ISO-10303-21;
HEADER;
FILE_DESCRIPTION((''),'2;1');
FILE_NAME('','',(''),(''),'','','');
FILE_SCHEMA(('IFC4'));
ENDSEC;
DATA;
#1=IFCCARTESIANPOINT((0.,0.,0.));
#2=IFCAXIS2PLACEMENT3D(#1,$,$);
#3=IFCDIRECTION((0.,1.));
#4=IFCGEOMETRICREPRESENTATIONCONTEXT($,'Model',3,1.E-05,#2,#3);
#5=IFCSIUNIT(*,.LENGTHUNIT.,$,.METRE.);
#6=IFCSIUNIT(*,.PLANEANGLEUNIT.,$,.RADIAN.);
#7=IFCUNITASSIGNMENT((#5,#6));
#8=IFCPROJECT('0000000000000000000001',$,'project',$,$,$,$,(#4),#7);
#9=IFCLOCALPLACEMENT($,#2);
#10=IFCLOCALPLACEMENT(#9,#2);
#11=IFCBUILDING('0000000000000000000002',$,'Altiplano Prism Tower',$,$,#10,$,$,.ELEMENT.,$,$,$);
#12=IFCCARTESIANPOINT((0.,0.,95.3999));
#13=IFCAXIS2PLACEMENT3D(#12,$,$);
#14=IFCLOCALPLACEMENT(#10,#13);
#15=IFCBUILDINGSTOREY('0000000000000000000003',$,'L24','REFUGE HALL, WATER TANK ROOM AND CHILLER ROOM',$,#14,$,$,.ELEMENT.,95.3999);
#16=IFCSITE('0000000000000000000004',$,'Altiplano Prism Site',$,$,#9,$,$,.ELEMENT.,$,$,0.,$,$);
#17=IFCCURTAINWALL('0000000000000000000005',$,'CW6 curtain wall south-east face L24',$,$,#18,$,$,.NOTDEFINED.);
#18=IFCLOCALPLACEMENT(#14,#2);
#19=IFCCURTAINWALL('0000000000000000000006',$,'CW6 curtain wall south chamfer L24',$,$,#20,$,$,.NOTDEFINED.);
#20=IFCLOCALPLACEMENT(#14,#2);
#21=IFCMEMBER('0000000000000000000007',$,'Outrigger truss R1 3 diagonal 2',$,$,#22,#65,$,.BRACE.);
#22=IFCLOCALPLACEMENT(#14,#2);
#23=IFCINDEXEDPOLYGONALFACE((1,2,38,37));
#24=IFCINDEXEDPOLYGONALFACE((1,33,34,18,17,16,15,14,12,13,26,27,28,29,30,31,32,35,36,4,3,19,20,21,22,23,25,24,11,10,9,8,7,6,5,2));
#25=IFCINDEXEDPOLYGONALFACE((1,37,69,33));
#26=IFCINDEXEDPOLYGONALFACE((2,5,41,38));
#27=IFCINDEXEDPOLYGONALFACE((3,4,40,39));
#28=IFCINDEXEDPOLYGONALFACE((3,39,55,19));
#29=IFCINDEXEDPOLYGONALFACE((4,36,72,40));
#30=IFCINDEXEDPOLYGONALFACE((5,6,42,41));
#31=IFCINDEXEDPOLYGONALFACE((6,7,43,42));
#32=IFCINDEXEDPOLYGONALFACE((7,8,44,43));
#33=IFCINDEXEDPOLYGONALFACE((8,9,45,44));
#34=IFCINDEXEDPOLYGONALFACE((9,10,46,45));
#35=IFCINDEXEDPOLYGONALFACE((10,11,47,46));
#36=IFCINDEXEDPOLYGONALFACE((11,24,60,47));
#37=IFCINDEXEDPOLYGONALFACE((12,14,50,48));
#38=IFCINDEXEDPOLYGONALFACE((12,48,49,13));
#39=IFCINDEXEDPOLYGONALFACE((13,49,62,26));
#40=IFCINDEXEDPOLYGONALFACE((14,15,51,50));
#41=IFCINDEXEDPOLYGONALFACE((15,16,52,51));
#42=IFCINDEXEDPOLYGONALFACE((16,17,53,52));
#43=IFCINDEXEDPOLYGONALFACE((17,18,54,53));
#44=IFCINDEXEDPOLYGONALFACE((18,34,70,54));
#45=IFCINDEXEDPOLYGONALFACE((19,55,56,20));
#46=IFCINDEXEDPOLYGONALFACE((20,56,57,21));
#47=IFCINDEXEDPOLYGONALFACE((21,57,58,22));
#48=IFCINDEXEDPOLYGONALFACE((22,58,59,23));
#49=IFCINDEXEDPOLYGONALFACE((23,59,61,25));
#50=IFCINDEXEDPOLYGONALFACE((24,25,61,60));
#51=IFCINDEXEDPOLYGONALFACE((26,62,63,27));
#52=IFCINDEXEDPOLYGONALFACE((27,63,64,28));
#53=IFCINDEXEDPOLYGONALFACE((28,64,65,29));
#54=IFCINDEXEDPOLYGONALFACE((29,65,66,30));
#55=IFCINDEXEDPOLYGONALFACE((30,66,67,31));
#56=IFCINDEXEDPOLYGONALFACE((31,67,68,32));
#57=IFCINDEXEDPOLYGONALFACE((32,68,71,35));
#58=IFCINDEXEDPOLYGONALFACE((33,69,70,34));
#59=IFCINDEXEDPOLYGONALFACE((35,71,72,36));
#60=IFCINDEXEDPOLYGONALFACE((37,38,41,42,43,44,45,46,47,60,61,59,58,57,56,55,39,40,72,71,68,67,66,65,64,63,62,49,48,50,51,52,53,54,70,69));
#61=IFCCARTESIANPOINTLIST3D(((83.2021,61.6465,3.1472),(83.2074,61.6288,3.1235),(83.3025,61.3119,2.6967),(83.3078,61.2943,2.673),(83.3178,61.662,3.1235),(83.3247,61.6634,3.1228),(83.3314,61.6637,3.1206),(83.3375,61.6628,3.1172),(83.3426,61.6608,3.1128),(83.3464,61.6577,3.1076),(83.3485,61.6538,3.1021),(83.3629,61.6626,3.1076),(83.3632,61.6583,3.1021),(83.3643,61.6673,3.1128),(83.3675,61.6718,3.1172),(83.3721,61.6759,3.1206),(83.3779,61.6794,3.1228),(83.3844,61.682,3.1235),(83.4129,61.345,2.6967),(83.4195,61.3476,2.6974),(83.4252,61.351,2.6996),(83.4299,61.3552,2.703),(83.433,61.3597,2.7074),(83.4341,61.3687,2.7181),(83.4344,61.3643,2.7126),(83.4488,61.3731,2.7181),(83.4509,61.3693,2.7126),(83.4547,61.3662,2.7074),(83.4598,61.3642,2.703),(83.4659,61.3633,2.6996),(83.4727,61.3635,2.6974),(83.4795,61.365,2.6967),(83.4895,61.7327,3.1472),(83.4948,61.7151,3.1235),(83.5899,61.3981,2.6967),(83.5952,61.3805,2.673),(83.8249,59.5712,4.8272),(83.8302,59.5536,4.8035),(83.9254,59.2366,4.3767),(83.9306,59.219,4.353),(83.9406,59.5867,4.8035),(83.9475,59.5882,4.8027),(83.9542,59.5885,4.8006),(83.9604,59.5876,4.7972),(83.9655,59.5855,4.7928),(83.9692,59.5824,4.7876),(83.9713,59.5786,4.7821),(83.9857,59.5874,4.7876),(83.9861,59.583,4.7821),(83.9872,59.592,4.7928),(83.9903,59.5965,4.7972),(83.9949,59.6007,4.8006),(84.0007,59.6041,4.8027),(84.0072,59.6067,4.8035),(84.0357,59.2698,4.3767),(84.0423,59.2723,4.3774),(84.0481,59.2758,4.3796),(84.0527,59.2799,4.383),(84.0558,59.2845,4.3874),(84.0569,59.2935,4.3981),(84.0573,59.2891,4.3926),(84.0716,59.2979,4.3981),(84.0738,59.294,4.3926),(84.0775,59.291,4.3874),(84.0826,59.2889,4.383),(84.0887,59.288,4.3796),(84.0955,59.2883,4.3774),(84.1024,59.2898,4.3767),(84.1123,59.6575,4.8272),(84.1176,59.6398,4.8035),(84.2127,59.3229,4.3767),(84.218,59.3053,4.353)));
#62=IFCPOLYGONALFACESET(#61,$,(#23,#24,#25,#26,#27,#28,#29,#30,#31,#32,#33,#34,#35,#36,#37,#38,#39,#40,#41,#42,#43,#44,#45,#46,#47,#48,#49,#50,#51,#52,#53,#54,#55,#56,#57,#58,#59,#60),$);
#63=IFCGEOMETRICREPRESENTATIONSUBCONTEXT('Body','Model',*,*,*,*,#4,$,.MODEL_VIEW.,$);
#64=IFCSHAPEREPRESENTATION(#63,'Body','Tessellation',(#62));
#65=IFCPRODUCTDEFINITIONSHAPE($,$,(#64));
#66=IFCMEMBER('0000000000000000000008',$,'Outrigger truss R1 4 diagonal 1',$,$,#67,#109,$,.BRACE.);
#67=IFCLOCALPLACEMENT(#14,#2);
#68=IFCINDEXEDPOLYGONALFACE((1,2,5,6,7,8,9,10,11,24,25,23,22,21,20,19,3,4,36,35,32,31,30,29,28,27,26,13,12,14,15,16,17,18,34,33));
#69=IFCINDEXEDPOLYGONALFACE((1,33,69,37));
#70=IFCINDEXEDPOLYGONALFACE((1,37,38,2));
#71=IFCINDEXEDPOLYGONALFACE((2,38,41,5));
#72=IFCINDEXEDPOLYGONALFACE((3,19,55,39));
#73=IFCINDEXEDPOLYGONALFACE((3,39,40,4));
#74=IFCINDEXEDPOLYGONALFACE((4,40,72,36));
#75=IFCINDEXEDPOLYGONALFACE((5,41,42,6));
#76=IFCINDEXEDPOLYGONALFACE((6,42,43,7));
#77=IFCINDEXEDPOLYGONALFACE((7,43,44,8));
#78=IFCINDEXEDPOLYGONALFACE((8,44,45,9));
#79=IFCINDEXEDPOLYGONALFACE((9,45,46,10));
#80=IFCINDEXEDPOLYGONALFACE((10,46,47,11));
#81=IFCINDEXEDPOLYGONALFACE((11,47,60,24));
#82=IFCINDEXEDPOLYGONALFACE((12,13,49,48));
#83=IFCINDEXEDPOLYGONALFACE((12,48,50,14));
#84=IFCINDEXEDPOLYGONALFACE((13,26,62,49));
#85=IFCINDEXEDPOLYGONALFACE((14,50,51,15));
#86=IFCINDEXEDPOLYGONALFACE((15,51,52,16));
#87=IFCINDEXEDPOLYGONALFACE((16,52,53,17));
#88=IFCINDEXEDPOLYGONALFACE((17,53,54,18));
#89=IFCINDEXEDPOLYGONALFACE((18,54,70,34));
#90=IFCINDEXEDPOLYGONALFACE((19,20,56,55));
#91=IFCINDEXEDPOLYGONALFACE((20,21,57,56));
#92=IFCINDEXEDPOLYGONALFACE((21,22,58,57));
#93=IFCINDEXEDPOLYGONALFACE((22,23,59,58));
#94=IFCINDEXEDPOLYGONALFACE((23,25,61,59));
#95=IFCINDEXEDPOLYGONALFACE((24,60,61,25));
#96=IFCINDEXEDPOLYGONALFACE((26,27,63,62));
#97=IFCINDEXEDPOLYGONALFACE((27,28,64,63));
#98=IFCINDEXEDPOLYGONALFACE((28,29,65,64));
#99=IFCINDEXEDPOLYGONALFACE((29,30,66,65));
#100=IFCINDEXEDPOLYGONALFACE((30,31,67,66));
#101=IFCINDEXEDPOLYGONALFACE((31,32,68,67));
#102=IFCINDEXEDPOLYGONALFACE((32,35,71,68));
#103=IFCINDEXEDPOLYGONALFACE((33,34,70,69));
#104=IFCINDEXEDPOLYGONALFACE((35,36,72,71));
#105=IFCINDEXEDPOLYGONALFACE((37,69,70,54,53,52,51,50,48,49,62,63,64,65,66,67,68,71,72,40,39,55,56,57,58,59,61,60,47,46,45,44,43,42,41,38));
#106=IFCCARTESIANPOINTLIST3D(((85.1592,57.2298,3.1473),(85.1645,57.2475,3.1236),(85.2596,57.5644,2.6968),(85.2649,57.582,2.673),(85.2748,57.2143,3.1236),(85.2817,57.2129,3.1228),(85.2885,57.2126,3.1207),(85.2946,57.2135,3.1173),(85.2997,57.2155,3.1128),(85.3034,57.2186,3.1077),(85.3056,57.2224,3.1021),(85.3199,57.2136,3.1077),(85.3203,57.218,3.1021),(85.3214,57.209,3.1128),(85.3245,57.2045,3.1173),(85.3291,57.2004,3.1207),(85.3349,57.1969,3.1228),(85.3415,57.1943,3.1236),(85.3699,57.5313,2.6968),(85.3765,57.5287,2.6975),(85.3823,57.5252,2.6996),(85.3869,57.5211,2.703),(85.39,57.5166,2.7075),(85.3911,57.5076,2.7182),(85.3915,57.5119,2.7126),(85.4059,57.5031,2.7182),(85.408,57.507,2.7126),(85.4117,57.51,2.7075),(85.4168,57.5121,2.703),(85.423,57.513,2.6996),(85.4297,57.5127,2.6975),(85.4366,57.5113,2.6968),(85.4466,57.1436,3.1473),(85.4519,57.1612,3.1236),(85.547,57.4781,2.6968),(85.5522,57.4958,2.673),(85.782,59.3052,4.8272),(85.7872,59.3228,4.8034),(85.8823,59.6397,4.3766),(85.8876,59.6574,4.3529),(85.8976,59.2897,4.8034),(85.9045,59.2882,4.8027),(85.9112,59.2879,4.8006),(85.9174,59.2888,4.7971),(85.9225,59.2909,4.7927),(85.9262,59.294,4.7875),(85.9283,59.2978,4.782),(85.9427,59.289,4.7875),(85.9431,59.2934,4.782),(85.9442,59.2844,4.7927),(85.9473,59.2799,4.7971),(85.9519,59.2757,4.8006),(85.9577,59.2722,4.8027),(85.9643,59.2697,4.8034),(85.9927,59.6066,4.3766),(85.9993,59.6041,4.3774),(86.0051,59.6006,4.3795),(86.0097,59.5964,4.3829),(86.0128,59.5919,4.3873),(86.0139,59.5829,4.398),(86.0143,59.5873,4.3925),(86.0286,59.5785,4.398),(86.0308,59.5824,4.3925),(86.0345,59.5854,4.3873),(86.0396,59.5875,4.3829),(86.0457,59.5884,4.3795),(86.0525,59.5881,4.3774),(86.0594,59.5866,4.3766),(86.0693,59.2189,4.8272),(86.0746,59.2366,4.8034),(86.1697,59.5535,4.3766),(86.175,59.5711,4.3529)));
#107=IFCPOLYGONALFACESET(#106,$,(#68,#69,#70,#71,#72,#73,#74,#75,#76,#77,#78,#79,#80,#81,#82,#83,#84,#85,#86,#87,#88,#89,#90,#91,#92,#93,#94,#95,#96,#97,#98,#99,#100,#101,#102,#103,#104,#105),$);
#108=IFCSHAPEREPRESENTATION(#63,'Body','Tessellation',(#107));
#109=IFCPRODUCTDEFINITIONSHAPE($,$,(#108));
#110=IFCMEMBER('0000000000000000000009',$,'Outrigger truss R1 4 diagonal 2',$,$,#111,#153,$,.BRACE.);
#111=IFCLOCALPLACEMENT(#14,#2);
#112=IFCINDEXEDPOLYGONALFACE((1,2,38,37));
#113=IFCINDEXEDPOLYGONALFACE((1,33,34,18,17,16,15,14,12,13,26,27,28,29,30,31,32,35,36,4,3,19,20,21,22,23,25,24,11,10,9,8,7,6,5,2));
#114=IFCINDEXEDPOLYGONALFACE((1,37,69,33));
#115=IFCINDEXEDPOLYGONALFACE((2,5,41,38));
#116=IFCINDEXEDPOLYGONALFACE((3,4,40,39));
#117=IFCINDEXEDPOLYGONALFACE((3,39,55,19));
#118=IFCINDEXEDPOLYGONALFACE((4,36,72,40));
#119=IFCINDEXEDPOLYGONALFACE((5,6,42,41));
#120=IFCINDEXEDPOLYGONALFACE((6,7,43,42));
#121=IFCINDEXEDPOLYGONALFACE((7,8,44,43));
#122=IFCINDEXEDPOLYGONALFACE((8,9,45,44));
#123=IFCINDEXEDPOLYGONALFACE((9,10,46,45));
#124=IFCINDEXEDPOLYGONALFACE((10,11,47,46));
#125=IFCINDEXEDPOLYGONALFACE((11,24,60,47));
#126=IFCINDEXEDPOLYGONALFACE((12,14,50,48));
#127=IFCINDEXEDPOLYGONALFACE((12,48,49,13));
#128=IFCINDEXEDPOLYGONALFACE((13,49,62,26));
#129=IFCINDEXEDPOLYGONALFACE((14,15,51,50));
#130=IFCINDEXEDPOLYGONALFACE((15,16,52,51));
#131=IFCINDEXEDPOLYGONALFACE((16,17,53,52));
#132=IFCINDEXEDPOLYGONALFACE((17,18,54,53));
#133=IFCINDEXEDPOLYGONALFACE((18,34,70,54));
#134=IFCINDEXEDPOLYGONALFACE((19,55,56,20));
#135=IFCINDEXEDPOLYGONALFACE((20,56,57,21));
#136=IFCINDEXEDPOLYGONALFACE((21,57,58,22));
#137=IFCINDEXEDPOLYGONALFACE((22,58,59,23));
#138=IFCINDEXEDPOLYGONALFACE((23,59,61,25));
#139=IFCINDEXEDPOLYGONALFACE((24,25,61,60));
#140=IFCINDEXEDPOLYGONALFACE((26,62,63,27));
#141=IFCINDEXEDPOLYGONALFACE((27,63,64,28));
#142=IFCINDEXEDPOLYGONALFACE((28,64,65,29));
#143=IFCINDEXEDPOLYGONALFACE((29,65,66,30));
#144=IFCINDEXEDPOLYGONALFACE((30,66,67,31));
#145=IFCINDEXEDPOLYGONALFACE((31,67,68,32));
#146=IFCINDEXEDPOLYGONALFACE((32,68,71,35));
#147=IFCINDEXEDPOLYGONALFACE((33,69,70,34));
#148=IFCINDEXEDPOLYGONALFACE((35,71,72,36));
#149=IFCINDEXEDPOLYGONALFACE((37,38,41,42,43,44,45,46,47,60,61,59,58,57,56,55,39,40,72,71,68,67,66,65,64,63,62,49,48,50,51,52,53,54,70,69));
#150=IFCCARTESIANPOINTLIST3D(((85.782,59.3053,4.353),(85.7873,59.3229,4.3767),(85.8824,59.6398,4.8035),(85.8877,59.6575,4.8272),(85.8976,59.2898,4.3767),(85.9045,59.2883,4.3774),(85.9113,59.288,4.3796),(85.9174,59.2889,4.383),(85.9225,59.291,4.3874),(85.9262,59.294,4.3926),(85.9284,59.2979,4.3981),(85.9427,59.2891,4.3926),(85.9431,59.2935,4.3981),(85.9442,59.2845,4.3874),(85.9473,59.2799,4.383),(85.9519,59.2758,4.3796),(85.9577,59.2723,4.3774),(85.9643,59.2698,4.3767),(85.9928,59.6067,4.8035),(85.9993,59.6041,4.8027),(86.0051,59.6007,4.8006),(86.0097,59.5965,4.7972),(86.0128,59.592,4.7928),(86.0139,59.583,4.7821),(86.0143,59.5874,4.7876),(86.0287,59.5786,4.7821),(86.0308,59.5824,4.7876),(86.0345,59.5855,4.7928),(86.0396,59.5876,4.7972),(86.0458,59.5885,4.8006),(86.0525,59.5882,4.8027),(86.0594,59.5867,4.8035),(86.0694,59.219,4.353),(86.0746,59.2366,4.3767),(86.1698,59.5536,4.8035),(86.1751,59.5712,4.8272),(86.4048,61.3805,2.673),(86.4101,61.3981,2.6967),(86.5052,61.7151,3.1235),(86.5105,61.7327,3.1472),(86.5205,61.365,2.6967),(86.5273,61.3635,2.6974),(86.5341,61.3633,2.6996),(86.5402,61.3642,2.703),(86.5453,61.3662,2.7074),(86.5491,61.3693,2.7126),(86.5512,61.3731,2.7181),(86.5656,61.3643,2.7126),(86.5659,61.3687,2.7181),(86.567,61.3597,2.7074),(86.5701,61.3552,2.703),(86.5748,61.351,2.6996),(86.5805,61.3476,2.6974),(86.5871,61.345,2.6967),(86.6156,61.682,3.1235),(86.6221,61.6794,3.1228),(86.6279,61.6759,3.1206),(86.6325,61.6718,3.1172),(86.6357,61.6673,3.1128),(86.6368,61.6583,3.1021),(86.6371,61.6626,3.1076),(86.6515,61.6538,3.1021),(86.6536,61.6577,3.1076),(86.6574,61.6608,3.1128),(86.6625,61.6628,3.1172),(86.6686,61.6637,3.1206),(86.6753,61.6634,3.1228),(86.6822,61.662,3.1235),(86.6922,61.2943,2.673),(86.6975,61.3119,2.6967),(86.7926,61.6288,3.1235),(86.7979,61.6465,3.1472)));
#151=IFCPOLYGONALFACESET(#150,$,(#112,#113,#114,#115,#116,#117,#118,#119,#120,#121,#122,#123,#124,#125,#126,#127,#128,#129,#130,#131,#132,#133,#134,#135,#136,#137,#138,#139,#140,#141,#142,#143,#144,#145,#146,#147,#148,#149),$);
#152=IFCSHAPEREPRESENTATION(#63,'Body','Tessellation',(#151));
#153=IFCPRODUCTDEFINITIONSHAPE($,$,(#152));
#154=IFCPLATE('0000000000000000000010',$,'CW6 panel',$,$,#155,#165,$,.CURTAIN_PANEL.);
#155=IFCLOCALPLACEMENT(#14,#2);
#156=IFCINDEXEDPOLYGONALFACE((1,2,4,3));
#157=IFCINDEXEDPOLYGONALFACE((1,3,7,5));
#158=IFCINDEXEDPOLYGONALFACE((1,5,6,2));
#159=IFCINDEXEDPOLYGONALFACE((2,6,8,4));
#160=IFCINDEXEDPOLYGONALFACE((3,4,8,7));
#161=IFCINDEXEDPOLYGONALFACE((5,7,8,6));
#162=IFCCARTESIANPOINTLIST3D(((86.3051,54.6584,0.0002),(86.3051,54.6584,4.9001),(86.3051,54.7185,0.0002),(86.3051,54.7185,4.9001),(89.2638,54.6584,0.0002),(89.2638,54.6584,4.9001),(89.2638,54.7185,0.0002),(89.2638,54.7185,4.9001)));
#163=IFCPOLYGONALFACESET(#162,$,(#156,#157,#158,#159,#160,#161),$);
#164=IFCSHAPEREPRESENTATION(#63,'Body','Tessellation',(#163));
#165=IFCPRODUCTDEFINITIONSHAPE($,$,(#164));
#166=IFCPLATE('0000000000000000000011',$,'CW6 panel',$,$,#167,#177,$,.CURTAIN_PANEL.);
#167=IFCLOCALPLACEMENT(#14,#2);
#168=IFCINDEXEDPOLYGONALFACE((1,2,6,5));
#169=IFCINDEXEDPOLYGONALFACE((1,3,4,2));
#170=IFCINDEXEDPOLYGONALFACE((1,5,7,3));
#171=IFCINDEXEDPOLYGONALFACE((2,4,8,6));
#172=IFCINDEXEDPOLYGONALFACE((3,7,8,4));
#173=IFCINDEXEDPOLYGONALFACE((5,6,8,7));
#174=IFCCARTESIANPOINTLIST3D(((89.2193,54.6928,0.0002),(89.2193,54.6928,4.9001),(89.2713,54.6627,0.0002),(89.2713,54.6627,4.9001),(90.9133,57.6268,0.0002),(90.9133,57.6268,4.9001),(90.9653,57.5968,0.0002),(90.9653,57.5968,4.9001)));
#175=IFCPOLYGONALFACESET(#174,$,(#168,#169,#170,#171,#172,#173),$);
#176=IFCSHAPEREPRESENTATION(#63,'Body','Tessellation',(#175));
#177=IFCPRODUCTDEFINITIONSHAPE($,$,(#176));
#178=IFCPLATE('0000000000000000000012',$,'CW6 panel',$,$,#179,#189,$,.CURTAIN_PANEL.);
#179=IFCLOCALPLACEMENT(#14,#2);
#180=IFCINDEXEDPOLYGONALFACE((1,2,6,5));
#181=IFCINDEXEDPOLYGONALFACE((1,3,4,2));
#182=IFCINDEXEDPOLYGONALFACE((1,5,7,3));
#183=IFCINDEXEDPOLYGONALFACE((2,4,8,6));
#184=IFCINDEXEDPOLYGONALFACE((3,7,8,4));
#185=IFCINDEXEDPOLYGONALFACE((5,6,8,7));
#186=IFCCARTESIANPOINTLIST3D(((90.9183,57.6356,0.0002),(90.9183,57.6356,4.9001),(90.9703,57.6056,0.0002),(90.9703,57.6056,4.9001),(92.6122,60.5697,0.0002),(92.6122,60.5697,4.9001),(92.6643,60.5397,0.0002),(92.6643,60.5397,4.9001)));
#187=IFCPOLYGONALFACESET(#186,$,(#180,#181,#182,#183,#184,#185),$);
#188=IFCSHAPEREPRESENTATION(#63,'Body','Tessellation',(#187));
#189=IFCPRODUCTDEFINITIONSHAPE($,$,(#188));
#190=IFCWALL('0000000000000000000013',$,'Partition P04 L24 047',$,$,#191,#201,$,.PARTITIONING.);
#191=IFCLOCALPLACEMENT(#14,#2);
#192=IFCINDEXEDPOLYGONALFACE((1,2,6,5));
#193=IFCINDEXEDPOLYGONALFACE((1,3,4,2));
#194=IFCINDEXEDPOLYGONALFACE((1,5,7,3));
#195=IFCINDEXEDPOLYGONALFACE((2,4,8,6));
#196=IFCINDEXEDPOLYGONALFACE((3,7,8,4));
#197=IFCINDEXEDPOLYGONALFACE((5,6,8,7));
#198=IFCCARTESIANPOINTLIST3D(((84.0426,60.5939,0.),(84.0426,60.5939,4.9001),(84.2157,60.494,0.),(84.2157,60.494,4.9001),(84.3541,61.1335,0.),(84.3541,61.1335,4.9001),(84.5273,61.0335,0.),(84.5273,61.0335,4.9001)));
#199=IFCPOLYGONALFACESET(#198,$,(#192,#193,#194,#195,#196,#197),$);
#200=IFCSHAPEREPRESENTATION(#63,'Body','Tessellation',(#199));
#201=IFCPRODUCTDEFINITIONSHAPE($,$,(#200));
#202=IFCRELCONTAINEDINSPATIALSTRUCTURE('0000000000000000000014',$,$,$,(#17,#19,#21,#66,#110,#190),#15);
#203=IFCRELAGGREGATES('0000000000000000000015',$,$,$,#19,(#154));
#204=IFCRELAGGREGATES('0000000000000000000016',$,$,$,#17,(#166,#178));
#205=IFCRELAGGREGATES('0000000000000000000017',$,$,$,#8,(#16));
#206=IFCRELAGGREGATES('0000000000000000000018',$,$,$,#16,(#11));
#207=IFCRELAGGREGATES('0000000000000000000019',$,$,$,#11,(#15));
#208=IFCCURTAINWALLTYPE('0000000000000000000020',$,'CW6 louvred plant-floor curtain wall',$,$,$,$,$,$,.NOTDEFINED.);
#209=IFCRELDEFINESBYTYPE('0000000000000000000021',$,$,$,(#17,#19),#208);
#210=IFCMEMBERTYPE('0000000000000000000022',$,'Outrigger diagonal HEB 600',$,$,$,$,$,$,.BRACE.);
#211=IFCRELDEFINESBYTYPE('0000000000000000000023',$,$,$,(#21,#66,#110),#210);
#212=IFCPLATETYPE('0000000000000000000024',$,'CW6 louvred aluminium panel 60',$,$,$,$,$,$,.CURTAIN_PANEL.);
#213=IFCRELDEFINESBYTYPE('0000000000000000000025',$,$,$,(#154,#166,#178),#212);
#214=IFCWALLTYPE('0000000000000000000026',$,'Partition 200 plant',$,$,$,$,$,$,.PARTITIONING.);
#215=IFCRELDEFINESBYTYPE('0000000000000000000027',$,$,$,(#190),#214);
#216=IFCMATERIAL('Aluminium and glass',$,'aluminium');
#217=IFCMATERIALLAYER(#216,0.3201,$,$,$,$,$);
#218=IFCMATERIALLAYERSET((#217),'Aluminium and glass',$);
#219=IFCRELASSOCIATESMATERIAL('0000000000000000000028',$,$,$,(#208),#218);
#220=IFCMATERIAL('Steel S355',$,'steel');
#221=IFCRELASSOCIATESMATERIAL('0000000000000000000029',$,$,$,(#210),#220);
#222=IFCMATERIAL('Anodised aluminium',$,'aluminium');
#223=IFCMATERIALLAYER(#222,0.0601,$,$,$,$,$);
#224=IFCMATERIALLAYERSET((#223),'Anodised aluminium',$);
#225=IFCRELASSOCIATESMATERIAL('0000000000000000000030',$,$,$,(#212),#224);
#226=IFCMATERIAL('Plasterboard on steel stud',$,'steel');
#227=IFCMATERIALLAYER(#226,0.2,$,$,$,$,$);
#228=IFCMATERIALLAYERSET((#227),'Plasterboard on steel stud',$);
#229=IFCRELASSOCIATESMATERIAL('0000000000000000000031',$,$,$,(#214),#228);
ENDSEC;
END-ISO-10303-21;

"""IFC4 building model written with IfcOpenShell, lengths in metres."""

from ifc_helpers import new_model, si_unit, direction, frame, frame_2d, origin, origin_2d, place, context, subcontext, project, spatial, rectangle, i_section, extrude, material, layer, layer_set, material_profile, profile_set, type_object, element, aggregate, save


model = new_model("IFC4")

# Units and contexts
model_context = context("Model", 3, precision=1e-05, world=origin(), true_north=direction((0.0, 1.0)))
body_context = subcontext(model_context, "Body", "Model", "MODEL_VIEW")
ifc_project = project(units=[si_unit("LENGTHUNIT", "METRE"), si_unit("PLANEANGLEUNIT", "RADIAN")], contexts=[model_context])

# Site, building, storey
site_placement = place(None, origin())
site = spatial("IfcSite", under=ifc_project, at=site_placement, Name="Altiplano Prism Site", CompositionType="ELEMENT", RefElevation=0.0)
building_placement = place(site_placement, origin())
building = spatial("IfcBuilding", under=site, at=building_placement, Name="Altiplano Prism Tower", CompositionType="ELEMENT")
storey_placement = place(building_placement, frame((0.0, 0.0, 95.3999)))
storey = spatial("IfcBuildingStorey", under=building, at=storey_placement, Name="L24", Description="REFUGE HALL, WATER TANK ROOM AND CHILLER ROOM", CompositionType="ELEMENT", Elevation=95.3999)

# Shared definitions
ifc_material_1 = material(Name="Steel S355", Category="steel")

# Curtain walls
ifc_material_2 = material(Name="Aluminium and glass", Category="aluminium")
ifc_layer_1 = layer(ifc_material_2, 0.3201)
ifc_layer_set_1 = layer_set([ifc_layer_1], Name="Aluminium and glass")
curtain_wall_type = type_object("IfcCurtainWallType", Name="CW6 louvred plant-floor curtain wall", PredefinedType="NOTDEFINED", material=ifc_layer_set_1)
curtain_wall_1_placement = place(storey_placement, origin())
curtain_wall_1 = element("IfcCurtainWall", 1, at=curtain_wall_1_placement, inside=storey, type_object=curtain_wall_type, Name="CW6 curtain wall south-east face L24", PredefinedType="NOTDEFINED")
curtain_wall_2_placement = place(storey_placement, origin())
curtain_wall_2 = element("IfcCurtainWall", 2, at=curtain_wall_2_placement, inside=storey, type_object=curtain_wall_type, Name="CW6 curtain wall south chamfer L24", PredefinedType="NOTDEFINED")

# Members
ifc_material_profile_1 = material_profile(ifc_material_1, i_section(OverallWidth=0.3, OverallDepth=0.6001, WebThickness=0.0154, FlangeThickness=0.03, FilletRadius=0.0271, at=origin_2d()), Name="Outrigger diagonal HEB 600")
ifc_profile_set_1 = profile_set([ifc_material_profile_1], Name="Steel S355")
member_type_1 = type_object("IfcMemberType", Name="Outrigger diagonal HEB 600", PredefinedType="BRACE", material=ifc_profile_set_1)
for number, where, z_axis, x_axis, name in (
    (3, (84.0215, 59.4382, 4.5901), (-0.227166, 0.756923, -0.612751), (-0.957795, -0.287451, 0.0), "Outrigger truss R1 3 diagonal 2"),
    (4, (85.3557, 57.3628, 2.9102), (0.227151, 0.756961, 0.61271), (-0.957805, 0.28742, 0.0), "Outrigger truss R1 4 diagonal 1"),
    (5, (85.9785, 59.4382, 4.5901), (0.227166, 0.756923, -0.612751), (-0.957795, 0.287451, 0.0), "Outrigger truss R1 4 diagonal 2"),
):
    element("IfcMember", number, at=place(storey_placement, frame(where, z_axis=z_axis, x_axis=x_axis)), inside=storey, type_object=member_type_1, Name=name, PredefinedType="BRACE", context=body_context, shape_type="SweptSolid", body=[
        extrude(i_section(OverallWidth=0.3, OverallDepth=0.6001, WebThickness=0.0154, FlangeThickness=0.03, FilletRadius=0.0271, at=origin_2d()), origin(), (0.0, 0.0, 1.0), 2.7417),
    ])

# Plates
ifc_material_3 = material(Name="Anodised aluminium", Category="aluminium")
ifc_layer_2 = layer(ifc_material_3, 0.0601)
ifc_layer_set_2 = layer_set([ifc_layer_2], Name="Anodised aluminium")
plate_type = type_object("IfcPlateType", Name="CW6 louvred aluminium panel 60", PredefinedType="CURTAIN_PANEL", material=ifc_layer_set_2)
plate_1_placement = place(storey_placement, frame((87.7844, 54.6885, 0.0002), z_axis=(0.0, 0.0, 1.0), x_axis=(1.0, 0.0, 0.0)))
plate_1 = element("IfcPlate", 6, at=plate_1_placement, type_object=plate_type, Name="CW6 panel", PredefinedType="CURTAIN_PANEL", context=body_context, shape_type="SweptSolid", body=[
    extrude(rectangle(XDim=2.9587, YDim=0.0601, at=origin_2d()), origin(), (0.0, 0.0, 1.0), 4.8999),
])
aggregate(curtain_wall_2, [plate_1])
plate_2_placement = place(storey_placement, frame((90.0923, 56.1448, 0.0002), z_axis=(0.0, 0.0, 1.0), x_axis=(0.5, 0.866025, 0.0)))
plate_2 = element("IfcPlate", 7, at=plate_2_placement, type_object=plate_type, Name="CW6 panel", PredefinedType="CURTAIN_PANEL", context=body_context, shape_type="SweptSolid", body=[
    extrude(rectangle(XDim=3.3879, YDim=0.0601, at=origin_2d()), origin(), (0.0, 0.0, 1.0), 4.8999),
])
plate_3_placement = place(storey_placement, frame((91.7913, 59.0876, 0.0002), z_axis=(0.0, 0.0, 1.0), x_axis=(0.5, 0.866025, 0.0)))
plate_3 = element("IfcPlate", 8, at=plate_3_placement, type_object=plate_type, Name="CW6 panel", PredefinedType="CURTAIN_PANEL", context=body_context, shape_type="SweptSolid", body=[
    extrude(rectangle(XDim=3.3879, YDim=0.0601, at=origin_2d()), origin(), (0.0, 0.0, 1.0), 4.8999),
])
aggregate(curtain_wall_1, [plate_2, plate_3])

# Wall
ifc_material_4 = material(Name="Plasterboard on steel stud", Category="steel")
ifc_layer_3 = layer(ifc_material_4, 0.2)
ifc_layer_set_3 = layer_set([ifc_layer_3], Name="Plasterboard on steel stud")
wall_type = type_object("IfcWallType", Name="Partition 200 plant", PredefinedType="PARTITIONING", material=ifc_layer_set_3)
wall_placement = place(storey_placement, frame((84.1292, 60.5439, 0.0), z_axis=(0.0, 0.0, 1.0), x_axis=(0.500016, 0.866016, 0.0)))
element("IfcWall", 9, at=wall_placement, inside=storey, type_object=wall_type, Name="Partition P04 L24 047", PredefinedType="PARTITIONING", context=body_context, shape_type="SweptSolid", body=[
    extrude(rectangle(XDim=0.623, YDim=0.2, at=frame_2d((0.3115, 0.0))), origin(), (0.0, 0.0, 1.0), 4.9001),
])

save(model, "model.ifc")
